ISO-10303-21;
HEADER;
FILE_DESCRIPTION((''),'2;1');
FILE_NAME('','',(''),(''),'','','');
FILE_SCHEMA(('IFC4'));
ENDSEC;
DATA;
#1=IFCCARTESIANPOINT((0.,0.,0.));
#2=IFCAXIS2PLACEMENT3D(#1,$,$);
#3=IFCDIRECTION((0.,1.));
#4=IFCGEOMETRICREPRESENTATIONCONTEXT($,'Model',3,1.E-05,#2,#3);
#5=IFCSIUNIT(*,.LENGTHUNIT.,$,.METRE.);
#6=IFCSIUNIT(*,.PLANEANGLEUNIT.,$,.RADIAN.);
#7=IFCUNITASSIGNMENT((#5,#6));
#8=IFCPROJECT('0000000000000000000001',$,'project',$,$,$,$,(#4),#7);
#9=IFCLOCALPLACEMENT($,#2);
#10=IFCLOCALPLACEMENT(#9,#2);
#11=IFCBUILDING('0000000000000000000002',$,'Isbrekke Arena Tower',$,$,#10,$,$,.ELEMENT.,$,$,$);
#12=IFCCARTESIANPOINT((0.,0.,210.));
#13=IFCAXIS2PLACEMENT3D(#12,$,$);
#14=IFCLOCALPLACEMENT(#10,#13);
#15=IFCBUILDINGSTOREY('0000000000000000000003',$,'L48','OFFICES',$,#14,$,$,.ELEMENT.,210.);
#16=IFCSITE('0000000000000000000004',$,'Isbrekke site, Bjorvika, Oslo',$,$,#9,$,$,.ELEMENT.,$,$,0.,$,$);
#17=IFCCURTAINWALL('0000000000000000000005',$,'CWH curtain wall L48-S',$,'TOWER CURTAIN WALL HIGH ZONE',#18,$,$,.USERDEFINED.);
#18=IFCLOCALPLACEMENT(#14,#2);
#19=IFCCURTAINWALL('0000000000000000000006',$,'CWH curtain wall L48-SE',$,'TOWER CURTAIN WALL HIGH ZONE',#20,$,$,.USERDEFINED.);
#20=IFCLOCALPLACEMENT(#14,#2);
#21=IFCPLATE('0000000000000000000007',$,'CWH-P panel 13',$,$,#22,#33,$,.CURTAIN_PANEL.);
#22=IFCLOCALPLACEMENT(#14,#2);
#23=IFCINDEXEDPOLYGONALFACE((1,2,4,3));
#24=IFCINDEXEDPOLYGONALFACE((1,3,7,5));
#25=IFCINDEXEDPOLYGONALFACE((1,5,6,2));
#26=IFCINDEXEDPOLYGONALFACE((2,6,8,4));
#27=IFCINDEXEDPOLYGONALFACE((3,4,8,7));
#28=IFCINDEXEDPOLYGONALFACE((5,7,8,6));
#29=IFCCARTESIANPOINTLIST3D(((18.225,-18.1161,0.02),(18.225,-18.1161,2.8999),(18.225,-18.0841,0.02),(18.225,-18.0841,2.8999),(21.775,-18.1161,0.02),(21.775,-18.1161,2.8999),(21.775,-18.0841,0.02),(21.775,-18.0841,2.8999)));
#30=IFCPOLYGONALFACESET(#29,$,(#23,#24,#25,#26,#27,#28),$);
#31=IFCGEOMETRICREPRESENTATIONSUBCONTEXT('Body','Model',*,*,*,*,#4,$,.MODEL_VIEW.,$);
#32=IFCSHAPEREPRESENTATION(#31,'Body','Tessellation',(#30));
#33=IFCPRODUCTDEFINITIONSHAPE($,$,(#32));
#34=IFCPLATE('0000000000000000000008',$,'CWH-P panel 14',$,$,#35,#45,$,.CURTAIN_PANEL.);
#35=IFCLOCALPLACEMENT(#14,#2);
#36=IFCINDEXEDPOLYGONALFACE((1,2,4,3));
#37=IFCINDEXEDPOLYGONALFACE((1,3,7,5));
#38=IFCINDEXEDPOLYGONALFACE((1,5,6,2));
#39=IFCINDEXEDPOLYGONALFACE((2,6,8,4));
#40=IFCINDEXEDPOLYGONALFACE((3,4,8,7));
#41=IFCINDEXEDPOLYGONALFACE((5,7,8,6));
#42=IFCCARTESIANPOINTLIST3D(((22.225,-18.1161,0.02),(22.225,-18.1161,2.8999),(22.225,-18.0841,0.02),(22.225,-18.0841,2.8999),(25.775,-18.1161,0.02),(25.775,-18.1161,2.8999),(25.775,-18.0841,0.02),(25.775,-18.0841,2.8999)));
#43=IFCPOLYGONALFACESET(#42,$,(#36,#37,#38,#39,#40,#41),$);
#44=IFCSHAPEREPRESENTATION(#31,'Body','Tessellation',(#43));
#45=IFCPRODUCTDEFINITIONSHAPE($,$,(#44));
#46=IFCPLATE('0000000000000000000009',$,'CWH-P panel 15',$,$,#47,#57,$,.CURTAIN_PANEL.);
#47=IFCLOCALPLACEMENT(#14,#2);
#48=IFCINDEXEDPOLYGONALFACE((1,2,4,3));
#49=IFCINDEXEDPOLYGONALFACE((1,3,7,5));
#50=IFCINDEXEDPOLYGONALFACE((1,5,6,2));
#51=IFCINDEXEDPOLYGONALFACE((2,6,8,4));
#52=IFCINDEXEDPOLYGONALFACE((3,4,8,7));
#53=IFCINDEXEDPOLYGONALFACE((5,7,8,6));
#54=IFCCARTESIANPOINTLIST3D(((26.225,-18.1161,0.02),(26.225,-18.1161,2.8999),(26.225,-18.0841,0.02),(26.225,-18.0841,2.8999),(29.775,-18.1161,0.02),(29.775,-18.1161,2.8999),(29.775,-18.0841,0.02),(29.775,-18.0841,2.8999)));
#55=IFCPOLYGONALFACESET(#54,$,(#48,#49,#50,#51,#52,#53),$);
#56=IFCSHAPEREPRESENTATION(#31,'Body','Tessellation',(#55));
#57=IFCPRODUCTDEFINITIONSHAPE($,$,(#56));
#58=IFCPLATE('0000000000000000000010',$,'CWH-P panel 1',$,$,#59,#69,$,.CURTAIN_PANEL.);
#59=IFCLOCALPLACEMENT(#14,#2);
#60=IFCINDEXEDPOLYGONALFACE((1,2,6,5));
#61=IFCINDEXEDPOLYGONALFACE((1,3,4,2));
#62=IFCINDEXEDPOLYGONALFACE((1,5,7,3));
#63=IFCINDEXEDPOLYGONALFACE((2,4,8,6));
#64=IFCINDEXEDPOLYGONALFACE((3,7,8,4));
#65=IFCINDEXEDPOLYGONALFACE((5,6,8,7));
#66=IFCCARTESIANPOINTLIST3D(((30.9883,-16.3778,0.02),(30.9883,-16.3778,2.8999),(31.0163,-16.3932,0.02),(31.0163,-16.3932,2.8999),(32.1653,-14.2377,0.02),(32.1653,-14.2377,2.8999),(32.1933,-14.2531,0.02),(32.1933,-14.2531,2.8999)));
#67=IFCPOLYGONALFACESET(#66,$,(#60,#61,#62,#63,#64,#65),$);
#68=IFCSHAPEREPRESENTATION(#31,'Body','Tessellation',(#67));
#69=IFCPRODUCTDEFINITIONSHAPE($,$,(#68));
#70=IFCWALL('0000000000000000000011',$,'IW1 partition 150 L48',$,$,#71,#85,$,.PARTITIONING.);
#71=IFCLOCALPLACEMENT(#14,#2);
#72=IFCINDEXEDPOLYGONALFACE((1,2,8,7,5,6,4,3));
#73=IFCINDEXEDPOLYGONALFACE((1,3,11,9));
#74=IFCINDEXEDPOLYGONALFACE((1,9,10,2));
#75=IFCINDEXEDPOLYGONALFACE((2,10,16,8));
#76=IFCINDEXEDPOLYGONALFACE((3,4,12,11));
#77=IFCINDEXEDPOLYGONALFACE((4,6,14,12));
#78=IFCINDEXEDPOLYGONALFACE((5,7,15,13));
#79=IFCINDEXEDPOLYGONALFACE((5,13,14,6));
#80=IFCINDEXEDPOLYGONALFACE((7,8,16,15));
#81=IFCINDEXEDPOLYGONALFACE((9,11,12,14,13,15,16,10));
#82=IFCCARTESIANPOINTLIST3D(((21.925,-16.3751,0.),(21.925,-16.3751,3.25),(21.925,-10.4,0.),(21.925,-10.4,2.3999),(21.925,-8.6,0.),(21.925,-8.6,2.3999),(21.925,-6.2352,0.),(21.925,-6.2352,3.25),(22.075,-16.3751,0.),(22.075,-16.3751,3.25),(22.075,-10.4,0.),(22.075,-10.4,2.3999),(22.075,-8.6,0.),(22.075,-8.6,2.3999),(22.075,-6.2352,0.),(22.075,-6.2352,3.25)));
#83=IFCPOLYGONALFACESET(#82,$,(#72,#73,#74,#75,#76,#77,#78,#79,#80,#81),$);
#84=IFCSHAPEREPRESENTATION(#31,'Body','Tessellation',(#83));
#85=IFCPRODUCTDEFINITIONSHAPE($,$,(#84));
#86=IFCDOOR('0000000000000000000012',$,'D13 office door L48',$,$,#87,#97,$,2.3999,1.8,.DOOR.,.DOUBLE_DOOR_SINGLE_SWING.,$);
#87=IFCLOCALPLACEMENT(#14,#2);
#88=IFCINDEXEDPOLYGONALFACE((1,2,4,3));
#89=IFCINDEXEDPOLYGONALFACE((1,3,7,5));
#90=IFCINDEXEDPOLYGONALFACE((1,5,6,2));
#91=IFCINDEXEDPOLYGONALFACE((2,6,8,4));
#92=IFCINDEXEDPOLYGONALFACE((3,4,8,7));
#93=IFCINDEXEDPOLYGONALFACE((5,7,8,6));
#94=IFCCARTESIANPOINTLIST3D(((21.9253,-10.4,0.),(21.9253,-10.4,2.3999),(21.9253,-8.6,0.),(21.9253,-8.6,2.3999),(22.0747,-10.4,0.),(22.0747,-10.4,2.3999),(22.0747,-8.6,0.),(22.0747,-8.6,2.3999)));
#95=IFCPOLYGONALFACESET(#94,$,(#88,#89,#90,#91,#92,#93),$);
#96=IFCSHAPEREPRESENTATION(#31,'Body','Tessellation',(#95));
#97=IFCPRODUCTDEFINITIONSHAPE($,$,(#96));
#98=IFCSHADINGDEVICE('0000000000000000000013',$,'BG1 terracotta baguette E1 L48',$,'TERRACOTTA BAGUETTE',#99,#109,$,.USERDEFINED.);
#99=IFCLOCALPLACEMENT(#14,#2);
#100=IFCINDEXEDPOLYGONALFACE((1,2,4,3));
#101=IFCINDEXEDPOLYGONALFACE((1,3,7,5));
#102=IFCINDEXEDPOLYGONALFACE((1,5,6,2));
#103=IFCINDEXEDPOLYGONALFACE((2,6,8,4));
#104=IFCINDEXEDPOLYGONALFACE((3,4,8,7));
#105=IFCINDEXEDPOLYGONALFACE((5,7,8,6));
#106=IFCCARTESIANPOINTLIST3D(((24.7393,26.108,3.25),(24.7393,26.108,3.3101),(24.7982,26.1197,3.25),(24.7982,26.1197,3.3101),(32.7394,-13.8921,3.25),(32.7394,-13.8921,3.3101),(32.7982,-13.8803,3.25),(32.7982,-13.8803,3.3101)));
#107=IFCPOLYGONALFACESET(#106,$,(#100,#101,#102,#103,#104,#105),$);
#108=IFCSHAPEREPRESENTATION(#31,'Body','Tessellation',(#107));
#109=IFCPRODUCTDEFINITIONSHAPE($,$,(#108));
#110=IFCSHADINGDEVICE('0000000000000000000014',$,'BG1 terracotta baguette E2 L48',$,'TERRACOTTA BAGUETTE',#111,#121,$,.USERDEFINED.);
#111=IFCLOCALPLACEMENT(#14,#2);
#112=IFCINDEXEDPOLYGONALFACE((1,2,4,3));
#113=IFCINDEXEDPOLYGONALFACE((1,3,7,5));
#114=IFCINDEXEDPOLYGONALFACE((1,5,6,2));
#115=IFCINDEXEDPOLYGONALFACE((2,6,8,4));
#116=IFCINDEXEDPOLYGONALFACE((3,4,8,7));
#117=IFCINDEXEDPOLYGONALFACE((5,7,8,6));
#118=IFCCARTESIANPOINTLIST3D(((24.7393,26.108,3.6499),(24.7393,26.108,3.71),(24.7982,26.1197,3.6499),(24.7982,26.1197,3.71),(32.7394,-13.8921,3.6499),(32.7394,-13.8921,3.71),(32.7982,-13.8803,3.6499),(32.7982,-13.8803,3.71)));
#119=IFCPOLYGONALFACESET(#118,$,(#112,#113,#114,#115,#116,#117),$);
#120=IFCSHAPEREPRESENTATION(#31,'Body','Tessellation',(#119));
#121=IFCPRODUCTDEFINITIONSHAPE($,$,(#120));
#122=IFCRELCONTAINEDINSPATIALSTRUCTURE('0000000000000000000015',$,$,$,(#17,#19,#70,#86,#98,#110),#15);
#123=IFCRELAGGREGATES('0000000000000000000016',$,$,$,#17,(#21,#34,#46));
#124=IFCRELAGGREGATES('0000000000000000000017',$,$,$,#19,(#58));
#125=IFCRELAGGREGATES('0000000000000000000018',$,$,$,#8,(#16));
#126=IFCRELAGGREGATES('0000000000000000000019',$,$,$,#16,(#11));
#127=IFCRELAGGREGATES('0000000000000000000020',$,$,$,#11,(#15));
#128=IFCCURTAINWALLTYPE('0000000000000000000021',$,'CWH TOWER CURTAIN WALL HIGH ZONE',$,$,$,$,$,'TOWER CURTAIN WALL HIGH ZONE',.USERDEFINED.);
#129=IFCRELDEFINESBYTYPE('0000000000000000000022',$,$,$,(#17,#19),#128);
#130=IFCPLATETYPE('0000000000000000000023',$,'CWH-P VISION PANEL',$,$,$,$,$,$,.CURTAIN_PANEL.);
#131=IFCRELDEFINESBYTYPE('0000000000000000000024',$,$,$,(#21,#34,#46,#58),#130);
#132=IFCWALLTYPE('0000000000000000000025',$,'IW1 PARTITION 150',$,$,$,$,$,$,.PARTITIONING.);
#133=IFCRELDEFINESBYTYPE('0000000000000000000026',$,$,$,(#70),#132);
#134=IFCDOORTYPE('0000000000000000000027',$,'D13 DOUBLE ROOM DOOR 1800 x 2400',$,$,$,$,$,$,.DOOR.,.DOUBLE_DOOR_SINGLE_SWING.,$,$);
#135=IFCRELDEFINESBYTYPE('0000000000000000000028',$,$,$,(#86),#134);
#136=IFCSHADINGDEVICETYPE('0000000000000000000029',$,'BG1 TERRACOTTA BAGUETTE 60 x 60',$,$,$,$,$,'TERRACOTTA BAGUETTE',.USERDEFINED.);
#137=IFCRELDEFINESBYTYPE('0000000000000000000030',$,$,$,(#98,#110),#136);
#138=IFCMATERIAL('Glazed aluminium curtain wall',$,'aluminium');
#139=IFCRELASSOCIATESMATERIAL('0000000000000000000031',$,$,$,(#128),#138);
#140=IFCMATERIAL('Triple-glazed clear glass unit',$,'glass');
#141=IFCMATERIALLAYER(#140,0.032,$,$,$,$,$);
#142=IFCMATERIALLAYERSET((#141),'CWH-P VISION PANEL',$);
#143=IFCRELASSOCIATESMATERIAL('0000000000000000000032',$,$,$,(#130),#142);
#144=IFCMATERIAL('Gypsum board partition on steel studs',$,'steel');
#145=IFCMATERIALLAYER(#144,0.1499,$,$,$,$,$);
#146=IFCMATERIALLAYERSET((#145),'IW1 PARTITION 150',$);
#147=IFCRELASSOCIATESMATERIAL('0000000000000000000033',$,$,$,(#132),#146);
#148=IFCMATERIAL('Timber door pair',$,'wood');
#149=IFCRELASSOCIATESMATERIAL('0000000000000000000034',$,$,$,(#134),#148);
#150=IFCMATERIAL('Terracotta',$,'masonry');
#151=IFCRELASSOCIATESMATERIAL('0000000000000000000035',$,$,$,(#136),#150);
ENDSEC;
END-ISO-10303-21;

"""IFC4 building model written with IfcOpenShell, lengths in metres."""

from ifc_helpers import new_model, si_unit, direction, frame, frame_2d, origin, origin_2d, place, context, subcontext, project, spatial, rectangle, extrude, material, layer, layer_set, material_profile, profile_set, type_object, element, fill, aggregate, save


model = new_model("IFC4")

# Units and contexts
model_context = context("Model", 3, precision=1e-05, world=origin(), true_north=direction((0.0, 1.0)))
body_context = subcontext(model_context, "Body", "Model", "MODEL_VIEW")
ifc_project = project(units=[si_unit("LENGTHUNIT", "METRE"), si_unit("PLANEANGLEUNIT", "RADIAN")], contexts=[model_context])

# Site, building, storey
site_placement = place(None, origin())
site = spatial("IfcSite", under=ifc_project, at=site_placement, Name="Isbrekke site, Bjorvika, Oslo", CompositionType="ELEMENT", RefElevation=0.0)
building_placement = place(site_placement, origin())
building = spatial("IfcBuilding", under=site, at=building_placement, Name="Isbrekke Arena Tower", CompositionType="ELEMENT")
storey_placement = place(building_placement, frame((0.0, 0.0, 210.0)))
storey = spatial("IfcBuildingStorey", under=building, at=storey_placement, Name="L48", Description="OFFICES", CompositionType="ELEMENT", Elevation=210.0)

# Curtain walls
ifc_material_1 = material(Name="Glazed aluminium curtain wall", Category="aluminium")
curtain_wall_type = type_object("IfcCurtainWallType", Name="CWH TOWER CURTAIN WALL HIGH ZONE", ElementType="TOWER CURTAIN WALL HIGH ZONE", PredefinedType="USERDEFINED", material=ifc_material_1)
curtain_wall_1_placement = place(storey_placement, origin())
curtain_wall_1 = element("IfcCurtainWall", 1, at=curtain_wall_1_placement, inside=storey, type_object=curtain_wall_type, Name="CWH curtain wall L48-S", ObjectType="TOWER CURTAIN WALL HIGH ZONE", PredefinedType="USERDEFINED")
curtain_wall_2_placement = place(storey_placement, origin())
curtain_wall_2 = element("IfcCurtainWall", 2, at=curtain_wall_2_placement, inside=storey, type_object=curtain_wall_type, Name="CWH curtain wall L48-SE", ObjectType="TOWER CURTAIN WALL HIGH ZONE", PredefinedType="USERDEFINED")

# Plates
ifc_material_2 = material(Name="Triple-glazed clear glass unit", Category="glass")
ifc_layer_1 = layer(ifc_material_2, 0.032)
ifc_layer_set_1 = layer_set([ifc_layer_1], Name="CWH-P VISION PANEL")
plate_type = type_object("IfcPlateType", Name="CWH-P VISION PANEL", PredefinedType="CURTAIN_PANEL", material=ifc_layer_set_1)
plate_1_placement = place(storey_placement, frame((20.0, -18.1001, 0.02), z_axis=(0.0, 0.0, 1.0), x_axis=(1.0, 0.0, 0.0)))
plate_1 = element("IfcPlate", 3, at=plate_1_placement, type_object=plate_type, Name="CWH-P panel 13", PredefinedType="CURTAIN_PANEL", context=body_context, shape_type="SweptSolid", body=[
    extrude(rectangle(XDim=3.55, YDim=0.032, at=origin_2d()), origin(), (0.0, 0.0, 1.0), 2.8799),
])
plate_2_placement = place(storey_placement, frame((24.0, -18.1001, 0.02), z_axis=(0.0, 0.0, 1.0), x_axis=(1.0, 0.0, 0.0)))
plate_2 = element("IfcPlate", 4, at=plate_2_placement, type_object=plate_type, Name="CWH-P panel 14", PredefinedType="CURTAIN_PANEL", context=body_context, shape_type="SweptSolid", body=[
    extrude(rectangle(XDim=3.55, YDim=0.032, at=origin_2d()), origin(), (0.0, 0.0, 1.0), 2.8799),
])
plate_3_placement = place(storey_placement, frame((28.0, -18.1001, 0.02), z_axis=(0.0, 0.0, 1.0), x_axis=(1.0, 0.0, 0.0)))
plate_3 = element("IfcPlate", 5, at=plate_3_placement, type_object=plate_type, Name="CWH-P panel 15", PredefinedType="CURTAIN_PANEL", context=body_context, shape_type="SweptSolid", body=[
    extrude(rectangle(XDim=3.55, YDim=0.032, at=origin_2d()), origin(), (0.0, 0.0, 1.0), 2.8799),
])
aggregate(curtain_wall_1, [plate_1, plate_2, plate_3])
plate_4_placement = place(storey_placement, frame((31.5908, -15.3154, 0.02), z_axis=(0.0, 0.0, 1.0), x_axis=(0.481919, 0.876216, 0.0)))
plate_4 = element("IfcPlate", 6, at=plate_4_placement, type_object=plate_type, Name="CWH-P panel 1", PredefinedType="CURTAIN_PANEL", context=body_context, shape_type="SweptSolid", body=[
    extrude(rectangle(XDim=2.4424, YDim=0.032, at=origin_2d()), origin(), (0.0, 0.0, 1.0), 2.8799),
])
aggregate(curtain_wall_2, [plate_4])

# Wall, opening, door
ifc_material_3 = material(Name="Gypsum board partition on steel studs", Category="steel")
ifc_layer_2 = layer(ifc_material_3, 0.1499)
ifc_layer_set_2 = layer_set([ifc_layer_2], Name="IW1 PARTITION 150")
wall_type = type_object("IfcWallType", Name="IW1 PARTITION 150", PredefinedType="PARTITIONING", material=ifc_layer_set_2)
wall_placement = place(storey_placement, frame((22.0, -16.375, 0.0), z_axis=(0.0, 0.0, 1.0), x_axis=(0.0, 1.0, 0.0)))
wall = element("IfcWall", 7, at=wall_placement, inside=storey, type_object=wall_type, Name="IW1 partition 150 L48", PredefinedType="PARTITIONING", context=body_context, shape_type="SweptSolid", body=[
    extrude(rectangle(XDim=10.1399, YDim=0.1499, at=frame_2d((5.0698, 0.0))), origin(), (0.0, 0.0, 1.0), 3.25),
])
opening_placement = place(wall_placement, frame((5.9751, 0.0, 0.0)))
opening = element("IfcOpeningElement", 8, at=opening_placement, cuts=wall, PredefinedType="OPENING", context=body_context, shape_type="SweptSolid", body=[
    extrude(rectangle(XDim=1.8, YDim=2.3999, at=frame_2d((0.8999, 1.2))), frame((0.0, 0.0898, 0.0), z_axis=(0.0, -1.0, 0.0), x_axis=(1.0, 0.0, 0.0)), (0.0, 0.0, 1.0), 0.1797),
])
ifc_material_4 = material(Name="Timber door pair", Category="wood")
door_type = type_object("IfcDoorType", Name="D13 DOUBLE ROOM DOOR 1800 x 2400", OperationType="DOUBLE_DOOR_SINGLE_SWING", PredefinedType="DOOR", material=ifc_material_4)
door_placement = place(opening_placement, origin())
door = element("IfcDoor", 9, at=door_placement, inside=storey, type_object=door_type, Name="D13 office door L48", OperationType="DOUBLE_DOOR_SINGLE_SWING", OverallHeight=2.3999, OverallWidth=1.8, PredefinedType="DOOR", context=body_context, shape_type="SweptSolid", body=[
    extrude(rectangle(XDim=1.8, YDim=2.3999, at=frame_2d((0.8999, 1.2))), frame((0.0, 0.0747, 0.0), z_axis=(0.0, -1.0, 0.0), x_axis=(1.0, 0.0, 0.0)), (0.0, 0.0, 1.0), 0.1494),
])
fill(opening, door)

# Shading devices
ifc_material_5 = material(Name="Terracotta", Category="masonry")
ifc_material_profile_1 = material_profile(ifc_material_5, rectangle(XDim=0.0601, YDim=0.0601, at=origin_2d()), Name="BAGUETTE 60X60")
ifc_profile_set_1 = profile_set([ifc_material_profile_1], Name="Terracotta")
shading_device_type = type_object("IfcShadingDeviceType", Name="BG1 TERRACOTTA BAGUETTE 60 x 60", ElementType="TERRACOTTA BAGUETTE", PredefinedType="USERDEFINED", material=ifc_profile_set_1)
for number, where, z_axis, x_axis, name in (
    (10, (32.7688, -13.8862, 3.28), (-0.196116, 0.980581, 0.0), (-0.980581, -0.196116, 0.0), "BG1 terracotta baguette E1 L48"),
    (11, (32.7688, -13.8862, 3.6799), (-0.196116, 0.980581, 0.0), (-0.980581, -0.196116, 0.0), "BG1 terracotta baguette E2 L48"),
):
    element("IfcShadingDevice", number, at=place(storey_placement, frame(where, z_axis=z_axis, x_axis=x_axis)), inside=storey, type_object=shading_device_type, Name=name, ObjectType="TERRACOTTA BAGUETTE", PredefinedType="USERDEFINED", context=body_context, shape_type="SweptSolid", body=[
        extrude(rectangle(XDim=0.0601, YDim=0.0601, at=origin_2d()), origin(), (0.0, 0.0, 1.0), 40.7922),
    ])

save(model, "model.ifc")
